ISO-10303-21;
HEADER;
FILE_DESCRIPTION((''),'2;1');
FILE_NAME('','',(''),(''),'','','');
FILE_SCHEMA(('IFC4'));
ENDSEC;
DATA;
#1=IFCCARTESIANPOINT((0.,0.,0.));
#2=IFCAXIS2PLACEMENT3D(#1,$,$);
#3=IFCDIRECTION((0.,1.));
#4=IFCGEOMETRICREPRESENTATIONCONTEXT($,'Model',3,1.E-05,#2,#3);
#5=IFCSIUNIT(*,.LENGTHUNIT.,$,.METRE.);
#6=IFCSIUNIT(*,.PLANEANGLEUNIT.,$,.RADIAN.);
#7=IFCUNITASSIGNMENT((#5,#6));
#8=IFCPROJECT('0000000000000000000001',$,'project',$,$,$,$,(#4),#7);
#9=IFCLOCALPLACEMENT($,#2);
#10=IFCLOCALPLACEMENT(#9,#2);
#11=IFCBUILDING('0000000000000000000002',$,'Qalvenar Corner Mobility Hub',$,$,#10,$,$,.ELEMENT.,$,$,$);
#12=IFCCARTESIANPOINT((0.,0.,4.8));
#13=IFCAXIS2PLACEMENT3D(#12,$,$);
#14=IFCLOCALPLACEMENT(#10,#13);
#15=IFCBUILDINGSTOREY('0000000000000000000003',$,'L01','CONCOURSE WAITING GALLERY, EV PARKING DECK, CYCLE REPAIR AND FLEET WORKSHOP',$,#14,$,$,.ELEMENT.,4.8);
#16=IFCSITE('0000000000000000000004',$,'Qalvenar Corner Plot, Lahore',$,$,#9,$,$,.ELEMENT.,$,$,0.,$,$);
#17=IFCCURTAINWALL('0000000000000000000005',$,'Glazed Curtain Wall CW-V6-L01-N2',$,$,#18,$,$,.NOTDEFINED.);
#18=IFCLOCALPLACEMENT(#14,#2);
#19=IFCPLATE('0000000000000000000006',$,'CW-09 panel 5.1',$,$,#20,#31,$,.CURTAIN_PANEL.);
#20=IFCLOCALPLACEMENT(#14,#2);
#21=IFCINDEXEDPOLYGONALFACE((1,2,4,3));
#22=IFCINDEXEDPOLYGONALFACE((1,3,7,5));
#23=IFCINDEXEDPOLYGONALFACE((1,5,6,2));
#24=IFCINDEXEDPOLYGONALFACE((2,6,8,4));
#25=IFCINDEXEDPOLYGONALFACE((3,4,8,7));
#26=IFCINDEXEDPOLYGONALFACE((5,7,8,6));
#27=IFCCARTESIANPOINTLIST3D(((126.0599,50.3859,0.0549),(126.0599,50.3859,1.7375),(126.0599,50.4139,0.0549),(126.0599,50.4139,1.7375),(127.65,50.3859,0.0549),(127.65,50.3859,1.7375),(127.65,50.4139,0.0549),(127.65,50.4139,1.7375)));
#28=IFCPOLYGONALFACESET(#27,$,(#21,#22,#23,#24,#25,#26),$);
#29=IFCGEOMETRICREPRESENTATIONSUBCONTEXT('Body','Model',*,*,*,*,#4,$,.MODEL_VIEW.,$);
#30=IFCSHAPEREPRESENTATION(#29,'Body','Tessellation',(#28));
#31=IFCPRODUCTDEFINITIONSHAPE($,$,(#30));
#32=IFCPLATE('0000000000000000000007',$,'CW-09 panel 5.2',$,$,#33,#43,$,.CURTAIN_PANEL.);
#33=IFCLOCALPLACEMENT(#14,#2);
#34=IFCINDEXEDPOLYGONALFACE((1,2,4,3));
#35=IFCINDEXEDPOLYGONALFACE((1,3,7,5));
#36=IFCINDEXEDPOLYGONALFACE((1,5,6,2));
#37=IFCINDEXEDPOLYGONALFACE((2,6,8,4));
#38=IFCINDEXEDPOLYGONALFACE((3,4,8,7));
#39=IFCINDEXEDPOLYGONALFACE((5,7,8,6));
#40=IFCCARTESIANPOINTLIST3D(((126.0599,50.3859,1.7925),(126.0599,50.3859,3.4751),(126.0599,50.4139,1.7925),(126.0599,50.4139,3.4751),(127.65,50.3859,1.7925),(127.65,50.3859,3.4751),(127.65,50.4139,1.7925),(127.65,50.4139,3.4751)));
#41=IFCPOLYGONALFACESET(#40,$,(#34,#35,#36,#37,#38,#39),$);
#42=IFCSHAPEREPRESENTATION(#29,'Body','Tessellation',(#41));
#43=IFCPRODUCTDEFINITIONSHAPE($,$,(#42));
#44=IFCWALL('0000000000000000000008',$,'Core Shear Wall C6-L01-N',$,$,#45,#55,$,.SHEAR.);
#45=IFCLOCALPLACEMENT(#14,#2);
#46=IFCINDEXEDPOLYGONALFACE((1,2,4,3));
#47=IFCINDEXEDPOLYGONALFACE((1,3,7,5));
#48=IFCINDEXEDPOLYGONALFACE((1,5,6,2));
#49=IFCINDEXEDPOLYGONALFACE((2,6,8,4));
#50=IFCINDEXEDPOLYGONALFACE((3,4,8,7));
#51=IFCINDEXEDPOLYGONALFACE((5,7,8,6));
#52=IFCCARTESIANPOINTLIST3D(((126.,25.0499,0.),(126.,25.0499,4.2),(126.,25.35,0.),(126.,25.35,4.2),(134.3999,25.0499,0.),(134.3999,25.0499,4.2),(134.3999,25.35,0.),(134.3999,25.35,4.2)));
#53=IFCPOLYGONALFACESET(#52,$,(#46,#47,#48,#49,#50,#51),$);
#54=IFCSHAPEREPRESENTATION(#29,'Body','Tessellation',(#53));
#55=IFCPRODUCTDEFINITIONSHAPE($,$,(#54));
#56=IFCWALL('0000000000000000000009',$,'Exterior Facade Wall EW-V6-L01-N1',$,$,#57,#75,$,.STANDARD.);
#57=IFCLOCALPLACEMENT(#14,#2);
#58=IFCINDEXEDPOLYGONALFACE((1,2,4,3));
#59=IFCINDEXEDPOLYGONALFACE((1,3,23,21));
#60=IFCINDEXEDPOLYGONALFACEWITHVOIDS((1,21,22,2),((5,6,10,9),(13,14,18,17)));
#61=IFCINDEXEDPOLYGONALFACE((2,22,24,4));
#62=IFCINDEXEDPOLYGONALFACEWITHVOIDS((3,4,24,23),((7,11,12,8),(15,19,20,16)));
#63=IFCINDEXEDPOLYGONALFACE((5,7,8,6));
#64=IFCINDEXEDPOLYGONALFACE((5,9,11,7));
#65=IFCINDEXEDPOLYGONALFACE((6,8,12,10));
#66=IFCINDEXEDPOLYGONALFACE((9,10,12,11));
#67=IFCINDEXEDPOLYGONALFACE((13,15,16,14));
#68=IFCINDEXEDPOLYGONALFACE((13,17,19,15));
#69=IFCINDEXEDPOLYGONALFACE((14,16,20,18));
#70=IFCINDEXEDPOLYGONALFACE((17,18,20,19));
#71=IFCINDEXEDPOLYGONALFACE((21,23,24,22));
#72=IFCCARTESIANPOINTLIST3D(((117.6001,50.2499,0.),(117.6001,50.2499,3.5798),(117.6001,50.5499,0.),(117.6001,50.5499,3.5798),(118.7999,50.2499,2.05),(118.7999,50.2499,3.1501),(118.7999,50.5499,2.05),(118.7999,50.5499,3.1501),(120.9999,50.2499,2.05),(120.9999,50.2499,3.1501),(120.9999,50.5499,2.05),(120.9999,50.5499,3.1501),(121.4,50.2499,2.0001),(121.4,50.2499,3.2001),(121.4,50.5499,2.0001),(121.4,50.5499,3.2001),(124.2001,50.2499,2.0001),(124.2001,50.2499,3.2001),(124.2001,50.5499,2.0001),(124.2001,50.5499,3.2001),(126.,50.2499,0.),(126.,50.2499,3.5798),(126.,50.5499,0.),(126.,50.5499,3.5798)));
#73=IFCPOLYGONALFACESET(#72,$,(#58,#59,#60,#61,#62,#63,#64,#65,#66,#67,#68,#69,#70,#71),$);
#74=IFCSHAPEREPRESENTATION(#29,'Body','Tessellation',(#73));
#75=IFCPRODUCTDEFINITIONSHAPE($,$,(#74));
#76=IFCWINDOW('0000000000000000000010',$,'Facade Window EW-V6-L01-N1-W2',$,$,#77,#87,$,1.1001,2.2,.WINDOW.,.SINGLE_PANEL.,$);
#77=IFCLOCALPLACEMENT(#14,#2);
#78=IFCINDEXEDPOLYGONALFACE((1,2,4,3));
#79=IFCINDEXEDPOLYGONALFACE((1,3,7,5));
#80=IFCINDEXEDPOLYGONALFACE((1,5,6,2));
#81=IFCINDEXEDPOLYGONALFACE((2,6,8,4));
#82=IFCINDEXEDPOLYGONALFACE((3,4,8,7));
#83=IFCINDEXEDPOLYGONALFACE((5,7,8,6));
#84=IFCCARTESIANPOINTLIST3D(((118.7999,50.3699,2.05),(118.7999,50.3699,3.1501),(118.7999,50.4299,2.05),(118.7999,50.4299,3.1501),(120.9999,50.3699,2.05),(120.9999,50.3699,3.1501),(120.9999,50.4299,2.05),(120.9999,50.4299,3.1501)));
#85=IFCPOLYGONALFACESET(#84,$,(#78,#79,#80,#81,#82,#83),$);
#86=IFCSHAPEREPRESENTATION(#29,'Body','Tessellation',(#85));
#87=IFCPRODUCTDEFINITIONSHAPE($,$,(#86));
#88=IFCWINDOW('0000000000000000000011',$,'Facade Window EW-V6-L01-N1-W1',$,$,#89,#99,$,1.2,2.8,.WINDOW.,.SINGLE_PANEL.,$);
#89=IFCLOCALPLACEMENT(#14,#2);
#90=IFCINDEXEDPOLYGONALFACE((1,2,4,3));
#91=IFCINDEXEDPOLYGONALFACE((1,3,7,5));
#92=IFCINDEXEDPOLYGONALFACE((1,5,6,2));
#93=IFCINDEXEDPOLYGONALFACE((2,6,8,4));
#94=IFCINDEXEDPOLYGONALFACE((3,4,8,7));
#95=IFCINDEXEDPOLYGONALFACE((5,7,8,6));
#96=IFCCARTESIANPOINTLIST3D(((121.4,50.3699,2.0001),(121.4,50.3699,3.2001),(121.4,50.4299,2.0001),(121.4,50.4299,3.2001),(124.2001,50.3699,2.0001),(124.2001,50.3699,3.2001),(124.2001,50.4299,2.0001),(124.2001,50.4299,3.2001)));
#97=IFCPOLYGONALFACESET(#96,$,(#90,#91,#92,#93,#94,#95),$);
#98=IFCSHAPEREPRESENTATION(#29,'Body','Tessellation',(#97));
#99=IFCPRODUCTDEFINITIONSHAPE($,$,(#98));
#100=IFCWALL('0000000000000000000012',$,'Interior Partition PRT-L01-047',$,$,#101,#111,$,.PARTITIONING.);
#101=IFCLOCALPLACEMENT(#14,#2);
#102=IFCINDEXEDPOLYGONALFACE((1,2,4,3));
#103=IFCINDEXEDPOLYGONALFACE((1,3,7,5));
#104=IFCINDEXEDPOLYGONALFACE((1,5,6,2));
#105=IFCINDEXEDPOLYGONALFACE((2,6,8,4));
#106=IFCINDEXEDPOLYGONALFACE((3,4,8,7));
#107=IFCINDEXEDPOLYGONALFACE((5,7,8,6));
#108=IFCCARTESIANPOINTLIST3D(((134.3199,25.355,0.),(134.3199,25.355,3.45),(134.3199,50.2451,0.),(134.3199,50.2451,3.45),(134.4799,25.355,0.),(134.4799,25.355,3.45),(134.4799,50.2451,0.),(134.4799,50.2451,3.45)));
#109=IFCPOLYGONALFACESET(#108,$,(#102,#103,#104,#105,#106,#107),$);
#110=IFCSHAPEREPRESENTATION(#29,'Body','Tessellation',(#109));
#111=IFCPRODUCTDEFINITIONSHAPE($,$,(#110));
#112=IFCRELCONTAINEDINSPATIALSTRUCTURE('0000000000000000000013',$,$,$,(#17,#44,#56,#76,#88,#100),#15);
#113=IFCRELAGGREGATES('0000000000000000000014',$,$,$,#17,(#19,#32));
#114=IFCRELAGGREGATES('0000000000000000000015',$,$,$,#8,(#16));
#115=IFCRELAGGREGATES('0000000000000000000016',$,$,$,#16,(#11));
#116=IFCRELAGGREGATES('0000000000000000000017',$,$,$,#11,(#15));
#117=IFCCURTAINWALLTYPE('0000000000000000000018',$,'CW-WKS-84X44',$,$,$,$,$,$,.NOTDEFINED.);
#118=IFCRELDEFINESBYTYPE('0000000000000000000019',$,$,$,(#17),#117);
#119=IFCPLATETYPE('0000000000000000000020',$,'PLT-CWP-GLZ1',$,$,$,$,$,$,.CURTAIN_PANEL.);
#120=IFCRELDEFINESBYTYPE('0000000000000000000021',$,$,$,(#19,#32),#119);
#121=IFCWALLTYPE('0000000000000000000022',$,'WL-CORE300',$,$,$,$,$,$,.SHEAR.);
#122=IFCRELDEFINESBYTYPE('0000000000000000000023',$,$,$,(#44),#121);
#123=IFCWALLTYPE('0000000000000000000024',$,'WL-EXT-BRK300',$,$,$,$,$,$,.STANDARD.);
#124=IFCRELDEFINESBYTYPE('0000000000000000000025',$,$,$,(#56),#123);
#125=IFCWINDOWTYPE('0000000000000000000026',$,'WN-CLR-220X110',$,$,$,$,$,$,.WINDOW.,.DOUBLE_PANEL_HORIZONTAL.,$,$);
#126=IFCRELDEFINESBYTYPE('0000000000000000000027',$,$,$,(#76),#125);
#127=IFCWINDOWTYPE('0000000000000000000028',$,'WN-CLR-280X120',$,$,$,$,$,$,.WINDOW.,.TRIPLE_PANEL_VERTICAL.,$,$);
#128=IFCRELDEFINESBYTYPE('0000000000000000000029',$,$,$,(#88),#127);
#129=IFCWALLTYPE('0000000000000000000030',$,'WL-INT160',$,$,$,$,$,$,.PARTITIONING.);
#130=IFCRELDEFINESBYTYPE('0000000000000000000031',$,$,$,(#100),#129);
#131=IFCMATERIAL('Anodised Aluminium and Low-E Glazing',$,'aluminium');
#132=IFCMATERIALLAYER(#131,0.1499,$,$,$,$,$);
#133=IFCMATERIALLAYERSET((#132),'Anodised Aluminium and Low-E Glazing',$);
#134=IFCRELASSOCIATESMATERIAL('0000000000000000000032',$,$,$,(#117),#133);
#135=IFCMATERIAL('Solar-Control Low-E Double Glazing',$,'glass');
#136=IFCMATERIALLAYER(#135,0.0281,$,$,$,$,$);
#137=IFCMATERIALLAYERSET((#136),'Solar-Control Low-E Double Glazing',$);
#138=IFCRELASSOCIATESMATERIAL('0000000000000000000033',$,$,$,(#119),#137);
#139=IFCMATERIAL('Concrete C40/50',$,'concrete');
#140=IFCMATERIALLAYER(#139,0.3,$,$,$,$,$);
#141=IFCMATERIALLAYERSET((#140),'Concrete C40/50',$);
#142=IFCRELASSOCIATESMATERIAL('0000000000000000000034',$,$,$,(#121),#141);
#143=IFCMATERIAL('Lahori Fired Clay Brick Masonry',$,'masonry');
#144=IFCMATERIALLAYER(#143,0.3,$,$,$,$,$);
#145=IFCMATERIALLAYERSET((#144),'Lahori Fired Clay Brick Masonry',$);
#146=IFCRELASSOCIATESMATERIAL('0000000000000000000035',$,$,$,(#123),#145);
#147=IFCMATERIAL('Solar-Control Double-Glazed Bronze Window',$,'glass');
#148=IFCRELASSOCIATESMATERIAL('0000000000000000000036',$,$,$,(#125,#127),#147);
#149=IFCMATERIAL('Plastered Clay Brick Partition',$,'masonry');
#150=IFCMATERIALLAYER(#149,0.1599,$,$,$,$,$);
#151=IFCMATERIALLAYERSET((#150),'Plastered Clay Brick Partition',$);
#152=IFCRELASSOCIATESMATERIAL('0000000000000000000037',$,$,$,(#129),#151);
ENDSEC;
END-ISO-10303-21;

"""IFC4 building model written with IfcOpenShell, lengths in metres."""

from ifc_helpers import new_model, si_unit, direction, frame, frame_2d, origin, origin_2d, place, context, subcontext, project, spatial, rectangle, extrude, material, layer, layer_set, type_object, element, fill, aggregate, save


model = new_model("IFC4")

# Units and contexts
model_context = context("Model", 3, precision=1e-05, world=origin(), true_north=direction((0.0, 1.0)))
body_context = subcontext(model_context, "Body", "Model", "MODEL_VIEW")
ifc_project = project(units=[si_unit("LENGTHUNIT", "METRE"), si_unit("PLANEANGLEUNIT", "RADIAN")], contexts=[model_context])

# Site, building, storey
site_placement = place(None, origin())
site = spatial("IfcSite", under=ifc_project, at=site_placement, Name="Qalvenar Corner Plot, Lahore", CompositionType="ELEMENT", RefElevation=0.0)
building_placement = place(site_placement, origin())
building = spatial("IfcBuilding", under=site, at=building_placement, Name="Qalvenar Corner Mobility Hub", CompositionType="ELEMENT")
storey_placement = place(building_placement, frame((0.0, 0.0, 4.8)))
storey = spatial("IfcBuildingStorey", under=building, at=storey_placement, Name="L01", Description="CONCOURSE WAITING GALLERY, EV PARKING DECK, CYCLE REPAIR AND FLEET WORKSHOP", CompositionType="ELEMENT", Elevation=4.8)

# Curtain wall, plates
ifc_material_1 = material(Name="Anodised Aluminium and Low-E Glazing", Category="aluminium")
ifc_layer_1 = layer(ifc_material_1, 0.1499)
ifc_layer_set_1 = layer_set([ifc_layer_1], Name="Anodised Aluminium and Low-E Glazing")
curtain_wall_type = type_object("IfcCurtainWallType", Name="CW-WKS-84X44", PredefinedType="NOTDEFINED", material=ifc_layer_set_1)
curtain_wall_placement = place(storey_placement, origin())
curtain_wall = element("IfcCurtainWall", 1, at=curtain_wall_placement, inside=storey, type_object=curtain_wall_type, Name="Glazed Curtain Wall CW-V6-L01-N2", PredefinedType="NOTDEFINED")
ifc_material_2 = material(Name="Solar-Control Low-E Double Glazing", Category="glass")
ifc_layer_2 = layer(ifc_material_2, 0.0281)
ifc_layer_set_2 = layer_set([ifc_layer_2], Name="Solar-Control Low-E Double Glazing")
plate_type = type_object("IfcPlateType", Name="PLT-CWP-GLZ1", PredefinedType="CURTAIN_PANEL", material=ifc_layer_set_2)
plate_1_placement = place(storey_placement, frame((126.855, 50.3999, 0.0549), z_axis=(0.0, 0.0, 1.0), x_axis=(-1.0, 0.0, 0.0)))
plate_1 = element("IfcPlate", 2, at=plate_1_placement, type_object=plate_type, Name="CW-09 panel 5.1", PredefinedType="CURTAIN_PANEL", context=body_context, shape_type="SweptSolid", body=[
    extrude(rectangle(XDim=1.5901, YDim=0.0281, at=origin_2d()), origin(), (0.0, 0.0, 1.0), 1.6826),
])
plate_2_placement = place(storey_placement, frame((126.855, 50.3999, 1.7925), z_axis=(0.0, 0.0, 1.0), x_axis=(-1.0, 0.0, 0.0)))
plate_2 = element("IfcPlate", 3, at=plate_2_placement, type_object=plate_type, Name="CW-09 panel 5.2", PredefinedType="CURTAIN_PANEL", context=body_context, shape_type="SweptSolid", body=[
    extrude(rectangle(XDim=1.5901, YDim=0.0281, at=origin_2d()), origin(), (0.0, 0.0, 1.0), 1.6826),
])
aggregate(curtain_wall, [plate_1, plate_2])

# Wall
ifc_material_3 = material(Name="Concrete C40/50", Category="concrete")
ifc_layer_3 = layer(ifc_material_3, 0.3)
ifc_layer_set_3 = layer_set([ifc_layer_3], Name="Concrete C40/50")
wall_type_1 = type_object("IfcWallType", Name="WL-CORE300", PredefinedType="SHEAR", material=ifc_layer_set_3)
wall_1_placement = place(storey_placement, frame((134.3999, 25.2, 0.0), z_axis=(0.0, 0.0, 1.0), x_axis=(-1.0, 0.0, 0.0)))
element("IfcWall", 4, at=wall_1_placement, inside=storey, type_object=wall_type_1, Name="Core Shear Wall C6-L01-N", PredefinedType="SHEAR", context=body_context, shape_type="SweptSolid", body=[
    extrude(rectangle(XDim=8.3999, YDim=0.3, at=frame_2d((4.2, 0.0))), origin(), (0.0, 0.0, 1.0), 4.2),
])

# Wall, openings, windows
ifc_material_4 = material(Name="Lahori Fired Clay Brick Masonry", Category="masonry")
ifc_layer_4 = layer(ifc_material_4, 0.3)
ifc_layer_set_4 = layer_set([ifc_layer_4], Name="Lahori Fired Clay Brick Masonry")
wall_type_2 = type_object("IfcWallType", Name="WL-EXT-BRK300", PredefinedType="STANDARD", material=ifc_layer_set_4)
wall_2_placement = place(storey_placement, frame((126.0, 50.3999, 0.0), z_axis=(0.0, 0.0, 1.0), x_axis=(-1.0, 0.0, 0.0)))
wall_2 = element("IfcWall", 5, at=wall_2_placement, inside=storey, type_object=wall_type_2, Name="Exterior Facade Wall EW-V6-L01-N1", PredefinedType="STANDARD", context=body_context, shape_type="SweptSolid", body=[
    extrude(rectangle(XDim=8.3999, YDim=0.3, at=frame_2d((4.2, 0.0))), origin(), (0.0, 0.0, 1.0), 3.5798),
])
opening_1_placement = place(wall_2_placement, frame((1.8, 0.0, 2.0)))
opening_1 = element("IfcOpeningElement", 6, at=opening_1_placement, cuts=wall_2, PredefinedType="OPENING", context=body_context, shape_type="SweptSolid", body=[
    extrude(rectangle(XDim=2.8, YDim=1.2, at=frame_2d((1.3999, 0.6001))), frame((0.0, 0.1602, 0.0), z_axis=(0.0, -1.0, 0.0), x_axis=(1.0, 0.0, 0.0)), (0.0, 0.0, 1.0), 0.3201),
])
opening_2_placement = place(wall_2_placement, frame((5.0, 0.0, 2.05)))
opening_2 = element("IfcOpeningElement", 7, at=opening_2_placement, cuts=wall_2, PredefinedType="OPENING", context=body_context, shape_type="SweptSolid", body=[
    extrude(rectangle(XDim=2.2, YDim=1.1001, at=frame_2d((1.1001, 0.55))), frame((0.0, 0.1602, 0.0), z_axis=(0.0, -1.0, 0.0), x_axis=(1.0, 0.0, 0.0)), (0.0, 0.0, 1.0), 0.3201),
])
ifc_material_5 = material(Name="Solar-Control Double-Glazed Bronze Window", Category="glass")
window_type_1 = type_object("IfcWindowType", Name="WN-CLR-220X110", PartitioningType="DOUBLE_PANEL_HORIZONTAL", PredefinedType="WINDOW", material=ifc_material_5)
window_1_placement = place(opening_2_placement, origin())
window_1 = element("IfcWindow", 8, at=window_1_placement, inside=storey, type_object=window_type_1, Name="Facade Window EW-V6-L01-N1-W2", OverallHeight=1.1001, OverallWidth=2.2, PartitioningType="SINGLE_PANEL", PredefinedType="WINDOW", context=body_context, shape_type="SweptSolid", body=[
    extrude(rectangle(XDim=2.2, YDim=1.1001, at=frame_2d((1.1001, 0.55))), frame((0.0, 0.03, 0.0), z_axis=(0.0, -1.0, 0.0), x_axis=(1.0, 0.0, 0.0)), (0.0, 0.0, 1.0), 0.0601),
])
fill(opening_2, window_1)
window_type_2 = type_object("IfcWindowType", Name="WN-CLR-280X120", PartitioningType="TRIPLE_PANEL_VERTICAL", PredefinedType="WINDOW", material=ifc_material_5)
window_2_placement = place(opening_1_placement, origin())
window_2 = element("IfcWindow", 9, at=window_2_placement, inside=storey, type_object=window_type_2, Name="Facade Window EW-V6-L01-N1-W1", OverallHeight=1.2, OverallWidth=2.8, PartitioningType="SINGLE_PANEL", PredefinedType="WINDOW", context=body_context, shape_type="SweptSolid", body=[
    extrude(rectangle(XDim=2.8, YDim=1.2, at=frame_2d((1.3999, 0.6001))), frame((0.0, 0.03, 0.0), z_axis=(0.0, -1.0, 0.0), x_axis=(1.0, 0.0, 0.0)), (0.0, 0.0, 1.0), 0.0601),
])
fill(opening_1, window_2)

# Wall
ifc_material_6 = material(Name="Plastered Clay Brick Partition", Category="masonry")
ifc_layer_5 = layer(ifc_material_6, 0.1599)
ifc_layer_set_5 = layer_set([ifc_layer_5], Name="Plastered Clay Brick Partition")
wall_type_3 = type_object("IfcWallType", Name="WL-INT160", PredefinedType="PARTITIONING", material=ifc_layer_set_5)
wall_3_placement = place(storey_placement, frame((134.3999, 25.355, 0.0), z_axis=(0.0, 0.0, 1.0), x_axis=(0.0, 1.0, 0.0)))
element("IfcWall", 10, at=wall_3_placement, inside=storey, type_object=wall_type_3, Name="Interior Partition PRT-L01-047", PredefinedType="PARTITIONING", context=body_context, shape_type="SweptSolid", body=[
    extrude(rectangle(XDim=24.8901, YDim=0.1599, at=frame_2d((12.4451, 0.0))), origin(), (0.0, 0.0, 1.0), 3.45),
])

save(model, "model.ifc")
